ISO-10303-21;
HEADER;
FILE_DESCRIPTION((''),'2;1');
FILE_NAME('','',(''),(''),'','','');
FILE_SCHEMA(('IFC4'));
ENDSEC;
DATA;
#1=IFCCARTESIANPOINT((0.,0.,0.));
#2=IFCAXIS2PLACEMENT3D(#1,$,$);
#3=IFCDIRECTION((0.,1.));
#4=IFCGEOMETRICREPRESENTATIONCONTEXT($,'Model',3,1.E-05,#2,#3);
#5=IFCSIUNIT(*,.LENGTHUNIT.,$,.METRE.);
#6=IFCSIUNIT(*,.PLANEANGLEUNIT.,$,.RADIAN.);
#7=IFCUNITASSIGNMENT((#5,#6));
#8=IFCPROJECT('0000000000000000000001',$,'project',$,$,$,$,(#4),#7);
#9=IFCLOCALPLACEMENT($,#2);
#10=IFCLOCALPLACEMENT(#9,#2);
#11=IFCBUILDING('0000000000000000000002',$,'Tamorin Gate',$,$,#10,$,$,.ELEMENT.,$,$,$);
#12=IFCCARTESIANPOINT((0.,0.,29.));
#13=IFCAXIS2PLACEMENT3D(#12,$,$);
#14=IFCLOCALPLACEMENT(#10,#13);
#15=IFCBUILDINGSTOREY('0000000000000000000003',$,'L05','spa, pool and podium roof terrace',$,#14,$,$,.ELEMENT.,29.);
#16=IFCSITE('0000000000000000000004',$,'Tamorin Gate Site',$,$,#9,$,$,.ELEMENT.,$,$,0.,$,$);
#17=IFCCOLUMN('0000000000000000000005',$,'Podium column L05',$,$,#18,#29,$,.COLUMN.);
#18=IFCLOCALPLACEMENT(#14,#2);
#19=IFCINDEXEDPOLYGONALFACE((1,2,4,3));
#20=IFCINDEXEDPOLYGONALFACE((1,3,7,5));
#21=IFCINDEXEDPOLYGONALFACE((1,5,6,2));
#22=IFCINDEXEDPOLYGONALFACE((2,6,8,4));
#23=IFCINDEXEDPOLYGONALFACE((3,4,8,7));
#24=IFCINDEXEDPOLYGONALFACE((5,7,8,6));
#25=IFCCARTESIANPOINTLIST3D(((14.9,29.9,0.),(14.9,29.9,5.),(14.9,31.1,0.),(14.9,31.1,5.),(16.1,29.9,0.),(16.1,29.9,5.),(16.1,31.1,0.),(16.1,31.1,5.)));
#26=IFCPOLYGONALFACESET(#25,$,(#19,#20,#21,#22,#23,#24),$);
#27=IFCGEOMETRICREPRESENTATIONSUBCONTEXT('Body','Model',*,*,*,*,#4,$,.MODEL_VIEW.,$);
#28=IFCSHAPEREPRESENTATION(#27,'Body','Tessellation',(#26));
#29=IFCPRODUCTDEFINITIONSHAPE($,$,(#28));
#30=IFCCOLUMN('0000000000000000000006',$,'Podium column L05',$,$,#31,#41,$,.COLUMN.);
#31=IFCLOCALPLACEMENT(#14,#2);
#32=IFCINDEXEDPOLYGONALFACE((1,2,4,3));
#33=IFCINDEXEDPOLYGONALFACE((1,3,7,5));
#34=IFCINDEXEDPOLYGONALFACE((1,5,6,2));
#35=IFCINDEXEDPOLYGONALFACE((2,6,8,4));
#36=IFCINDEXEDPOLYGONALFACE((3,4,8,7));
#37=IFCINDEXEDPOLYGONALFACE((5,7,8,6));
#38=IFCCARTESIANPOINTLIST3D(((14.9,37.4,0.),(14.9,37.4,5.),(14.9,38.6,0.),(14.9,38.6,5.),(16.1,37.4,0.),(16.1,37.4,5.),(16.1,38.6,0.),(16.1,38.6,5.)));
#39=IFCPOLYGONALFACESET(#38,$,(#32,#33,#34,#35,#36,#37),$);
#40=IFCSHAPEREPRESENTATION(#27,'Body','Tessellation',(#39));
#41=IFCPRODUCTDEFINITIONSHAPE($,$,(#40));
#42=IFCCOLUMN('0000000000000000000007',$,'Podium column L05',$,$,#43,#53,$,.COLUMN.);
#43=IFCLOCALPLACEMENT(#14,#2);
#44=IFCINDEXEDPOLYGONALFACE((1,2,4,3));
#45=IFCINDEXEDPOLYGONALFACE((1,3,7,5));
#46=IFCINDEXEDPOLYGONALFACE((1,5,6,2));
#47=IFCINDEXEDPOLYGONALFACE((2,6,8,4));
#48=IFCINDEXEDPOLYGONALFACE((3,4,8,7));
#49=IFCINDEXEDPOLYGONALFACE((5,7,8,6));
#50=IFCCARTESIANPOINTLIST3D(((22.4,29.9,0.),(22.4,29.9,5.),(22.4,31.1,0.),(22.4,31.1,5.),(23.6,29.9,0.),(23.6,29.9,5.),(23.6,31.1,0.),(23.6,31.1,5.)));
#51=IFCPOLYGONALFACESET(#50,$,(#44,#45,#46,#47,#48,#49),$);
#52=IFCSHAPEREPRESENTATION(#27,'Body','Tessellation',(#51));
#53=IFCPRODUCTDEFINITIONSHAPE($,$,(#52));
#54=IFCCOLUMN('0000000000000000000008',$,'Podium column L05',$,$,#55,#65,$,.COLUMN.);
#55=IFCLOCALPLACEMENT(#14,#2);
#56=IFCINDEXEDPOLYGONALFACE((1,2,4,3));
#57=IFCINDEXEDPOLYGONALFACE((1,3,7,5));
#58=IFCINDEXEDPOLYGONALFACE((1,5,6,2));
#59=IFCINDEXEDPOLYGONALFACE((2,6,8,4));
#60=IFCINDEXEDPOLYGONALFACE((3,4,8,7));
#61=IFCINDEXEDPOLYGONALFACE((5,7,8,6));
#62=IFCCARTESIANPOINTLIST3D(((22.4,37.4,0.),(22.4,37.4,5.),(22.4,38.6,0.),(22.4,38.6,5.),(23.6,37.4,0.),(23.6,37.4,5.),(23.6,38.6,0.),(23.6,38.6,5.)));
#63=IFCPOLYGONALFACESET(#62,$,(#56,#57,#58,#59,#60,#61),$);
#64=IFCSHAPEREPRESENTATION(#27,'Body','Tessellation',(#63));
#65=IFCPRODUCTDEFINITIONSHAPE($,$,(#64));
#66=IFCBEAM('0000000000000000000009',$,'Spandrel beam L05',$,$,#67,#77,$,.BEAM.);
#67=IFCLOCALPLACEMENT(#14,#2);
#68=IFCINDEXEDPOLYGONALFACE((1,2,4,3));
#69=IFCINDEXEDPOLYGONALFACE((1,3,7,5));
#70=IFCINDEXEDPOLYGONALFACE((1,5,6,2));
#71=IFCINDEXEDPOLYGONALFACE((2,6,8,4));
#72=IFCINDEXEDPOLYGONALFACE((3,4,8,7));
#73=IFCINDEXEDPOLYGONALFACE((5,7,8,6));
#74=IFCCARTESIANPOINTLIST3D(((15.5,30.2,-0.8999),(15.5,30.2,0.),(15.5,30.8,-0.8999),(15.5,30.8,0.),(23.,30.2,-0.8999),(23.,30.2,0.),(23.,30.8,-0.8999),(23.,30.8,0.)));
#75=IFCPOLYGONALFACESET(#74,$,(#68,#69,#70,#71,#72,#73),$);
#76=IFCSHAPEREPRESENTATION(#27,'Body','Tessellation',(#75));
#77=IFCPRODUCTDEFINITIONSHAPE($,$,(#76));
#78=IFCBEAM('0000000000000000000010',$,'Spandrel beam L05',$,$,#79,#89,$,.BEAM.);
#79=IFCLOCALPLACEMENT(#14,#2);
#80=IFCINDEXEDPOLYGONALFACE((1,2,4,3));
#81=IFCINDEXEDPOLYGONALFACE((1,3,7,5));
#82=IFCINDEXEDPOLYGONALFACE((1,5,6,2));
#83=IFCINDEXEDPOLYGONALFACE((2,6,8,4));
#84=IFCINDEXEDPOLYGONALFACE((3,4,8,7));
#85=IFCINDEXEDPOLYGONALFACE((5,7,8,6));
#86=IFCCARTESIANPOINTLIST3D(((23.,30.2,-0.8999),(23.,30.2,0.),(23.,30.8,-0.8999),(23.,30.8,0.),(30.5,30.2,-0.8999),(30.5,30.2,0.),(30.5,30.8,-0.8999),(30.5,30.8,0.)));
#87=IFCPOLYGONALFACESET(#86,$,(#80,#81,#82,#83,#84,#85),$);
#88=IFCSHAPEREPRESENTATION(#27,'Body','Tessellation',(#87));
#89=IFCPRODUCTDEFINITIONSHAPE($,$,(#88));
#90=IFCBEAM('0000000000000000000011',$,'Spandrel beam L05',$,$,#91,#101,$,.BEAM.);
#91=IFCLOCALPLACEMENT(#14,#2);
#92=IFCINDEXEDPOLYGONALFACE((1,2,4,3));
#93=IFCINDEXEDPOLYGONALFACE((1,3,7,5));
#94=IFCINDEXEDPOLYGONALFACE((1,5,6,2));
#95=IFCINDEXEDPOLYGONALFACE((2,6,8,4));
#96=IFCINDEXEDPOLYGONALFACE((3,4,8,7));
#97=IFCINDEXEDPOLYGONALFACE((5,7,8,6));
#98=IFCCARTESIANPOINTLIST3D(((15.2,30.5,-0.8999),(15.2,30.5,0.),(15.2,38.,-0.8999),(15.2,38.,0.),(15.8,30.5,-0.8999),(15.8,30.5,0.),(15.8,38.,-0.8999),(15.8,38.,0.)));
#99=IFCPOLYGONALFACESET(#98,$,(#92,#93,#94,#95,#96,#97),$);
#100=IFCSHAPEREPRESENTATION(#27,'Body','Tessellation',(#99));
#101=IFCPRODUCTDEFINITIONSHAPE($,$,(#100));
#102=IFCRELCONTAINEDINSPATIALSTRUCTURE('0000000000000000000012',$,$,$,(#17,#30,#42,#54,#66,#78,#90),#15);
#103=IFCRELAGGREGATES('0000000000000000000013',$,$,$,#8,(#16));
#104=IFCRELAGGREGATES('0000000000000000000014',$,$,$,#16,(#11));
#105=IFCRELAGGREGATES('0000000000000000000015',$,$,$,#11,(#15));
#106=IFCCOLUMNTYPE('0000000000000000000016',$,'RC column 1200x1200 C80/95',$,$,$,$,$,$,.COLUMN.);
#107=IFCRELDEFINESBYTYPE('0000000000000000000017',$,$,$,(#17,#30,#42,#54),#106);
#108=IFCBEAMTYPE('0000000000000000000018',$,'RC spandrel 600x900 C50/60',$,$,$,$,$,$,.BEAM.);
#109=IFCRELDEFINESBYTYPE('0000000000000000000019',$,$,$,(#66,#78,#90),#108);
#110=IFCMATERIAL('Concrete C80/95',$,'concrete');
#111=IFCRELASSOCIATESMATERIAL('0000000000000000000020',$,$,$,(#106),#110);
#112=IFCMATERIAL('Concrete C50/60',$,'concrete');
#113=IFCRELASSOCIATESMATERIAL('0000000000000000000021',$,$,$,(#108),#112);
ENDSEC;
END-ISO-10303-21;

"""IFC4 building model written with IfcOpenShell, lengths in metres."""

from ifc_helpers import new_model, si_unit, direction, frame, origin, origin_2d, place, context, subcontext, project, spatial, rectangle, extrude, material, material_profile, profile_set, type_object, element, save


model = new_model("IFC4")

# Units and contexts
model_context = context("Model", 3, precision=1e-05, world=origin(), true_north=direction((0.0, 1.0)))
body_context = subcontext(model_context, "Body", "Model", "MODEL_VIEW")
ifc_project = project(units=[si_unit("LENGTHUNIT", "METRE"), si_unit("PLANEANGLEUNIT", "RADIAN")], contexts=[model_context])

# Site, building, storey
site_placement = place(None, origin())
site = spatial("IfcSite", under=ifc_project, at=site_placement, Name="Tamorin Gate Site", CompositionType="ELEMENT", RefElevation=0.0)
building_placement = place(site_placement, origin())
building = spatial("IfcBuilding", under=site, at=building_placement, Name="Tamorin Gate", CompositionType="ELEMENT")
storey_placement = place(building_placement, frame((0.0, 0.0, 29.0)))
storey = spatial("IfcBuildingStorey", under=building, at=storey_placement, Name="L05", Description="spa, pool and podium roof terrace", CompositionType="ELEMENT", Elevation=29.0)

# Columns
ifc_material_1 = material(Name="Concrete C80/95", Category="concrete")
ifc_material_profile_1 = material_profile(ifc_material_1, rectangle(XDim=1.2, YDim=1.2, at=origin_2d()), Name="RC 1200x1200")
ifc_profile_set_1 = profile_set([ifc_material_profile_1], Name="Concrete C80/95")
column_type = type_object("IfcColumnType", Name="RC column 1200x1200 C80/95", PredefinedType="COLUMN", material=ifc_profile_set_1)
for number, where, z_axis, x_axis, name in (
    (1, (15.5, 30.5, 0.0), (0.0, 0.0, 1.0), (1.0, 0.0, 0.0), "Podium column L05"),
    (2, (15.5, 38.0, 0.0), (0.0, 0.0, 1.0), (1.0, 0.0, 0.0), "Podium column L05"),
    (3, (23.0, 30.5, 0.0), (0.0, 0.0, 1.0), (1.0, 0.0, 0.0), "Podium column L05"),
    (4, (23.0, 38.0, 0.0), (0.0, 0.0, 1.0), (1.0, 0.0, 0.0), "Podium column L05"),
):
    element("IfcColumn", number, at=place(storey_placement, frame(where, z_axis=z_axis, x_axis=x_axis)), inside=storey, type_object=column_type, Name=name, PredefinedType="COLUMN", context=body_context, shape_type="SweptSolid", body=[
        extrude(rectangle(XDim=1.2, YDim=1.2, at=origin_2d()), origin(), (0.0, 0.0, 1.0), 5.0),
    ])

# Beams
ifc_material_2 = material(Name="Concrete C50/60", Category="concrete")
ifc_material_profile_2 = material_profile(ifc_material_2, rectangle(XDim=0.6001, YDim=0.8999, at=origin_2d()), Name="RC 600x900")
ifc_profile_set_2 = profile_set([ifc_material_profile_2], Name="Concrete C50/60")
beam_type = type_object("IfcBeamType", Name="RC spandrel 600x900 C50/60", PredefinedType="BEAM", material=ifc_profile_set_2)
for number, where, z_axis, x_axis, name in (
    (5, (15.5, 30.5, -0.45), (1.0, 0.0, 0.0), (0.0, 1.0, 0.0), "Spandrel beam L05"),
    (6, (23.0, 30.5, -0.45), (1.0, 0.0, 0.0), (0.0, 1.0, 0.0), "Spandrel beam L05"),
    (7, (15.5, 38.0, -0.45), (0.0, -1.0, 0.0), (1.0, 0.0, 0.0), "Spandrel beam L05"),
):
    element("IfcBeam", number, at=place(storey_placement, frame(where, z_axis=z_axis, x_axis=x_axis)), inside=storey, type_object=beam_type, Name=name, PredefinedType="BEAM", context=body_context, shape_type="SweptSolid", body=[
        extrude(rectangle(XDim=0.6001, YDim=0.8999, at=origin_2d()), origin(), (0.0, 0.0, 1.0), 7.5),
    ])

save(model, "model.ifc")
